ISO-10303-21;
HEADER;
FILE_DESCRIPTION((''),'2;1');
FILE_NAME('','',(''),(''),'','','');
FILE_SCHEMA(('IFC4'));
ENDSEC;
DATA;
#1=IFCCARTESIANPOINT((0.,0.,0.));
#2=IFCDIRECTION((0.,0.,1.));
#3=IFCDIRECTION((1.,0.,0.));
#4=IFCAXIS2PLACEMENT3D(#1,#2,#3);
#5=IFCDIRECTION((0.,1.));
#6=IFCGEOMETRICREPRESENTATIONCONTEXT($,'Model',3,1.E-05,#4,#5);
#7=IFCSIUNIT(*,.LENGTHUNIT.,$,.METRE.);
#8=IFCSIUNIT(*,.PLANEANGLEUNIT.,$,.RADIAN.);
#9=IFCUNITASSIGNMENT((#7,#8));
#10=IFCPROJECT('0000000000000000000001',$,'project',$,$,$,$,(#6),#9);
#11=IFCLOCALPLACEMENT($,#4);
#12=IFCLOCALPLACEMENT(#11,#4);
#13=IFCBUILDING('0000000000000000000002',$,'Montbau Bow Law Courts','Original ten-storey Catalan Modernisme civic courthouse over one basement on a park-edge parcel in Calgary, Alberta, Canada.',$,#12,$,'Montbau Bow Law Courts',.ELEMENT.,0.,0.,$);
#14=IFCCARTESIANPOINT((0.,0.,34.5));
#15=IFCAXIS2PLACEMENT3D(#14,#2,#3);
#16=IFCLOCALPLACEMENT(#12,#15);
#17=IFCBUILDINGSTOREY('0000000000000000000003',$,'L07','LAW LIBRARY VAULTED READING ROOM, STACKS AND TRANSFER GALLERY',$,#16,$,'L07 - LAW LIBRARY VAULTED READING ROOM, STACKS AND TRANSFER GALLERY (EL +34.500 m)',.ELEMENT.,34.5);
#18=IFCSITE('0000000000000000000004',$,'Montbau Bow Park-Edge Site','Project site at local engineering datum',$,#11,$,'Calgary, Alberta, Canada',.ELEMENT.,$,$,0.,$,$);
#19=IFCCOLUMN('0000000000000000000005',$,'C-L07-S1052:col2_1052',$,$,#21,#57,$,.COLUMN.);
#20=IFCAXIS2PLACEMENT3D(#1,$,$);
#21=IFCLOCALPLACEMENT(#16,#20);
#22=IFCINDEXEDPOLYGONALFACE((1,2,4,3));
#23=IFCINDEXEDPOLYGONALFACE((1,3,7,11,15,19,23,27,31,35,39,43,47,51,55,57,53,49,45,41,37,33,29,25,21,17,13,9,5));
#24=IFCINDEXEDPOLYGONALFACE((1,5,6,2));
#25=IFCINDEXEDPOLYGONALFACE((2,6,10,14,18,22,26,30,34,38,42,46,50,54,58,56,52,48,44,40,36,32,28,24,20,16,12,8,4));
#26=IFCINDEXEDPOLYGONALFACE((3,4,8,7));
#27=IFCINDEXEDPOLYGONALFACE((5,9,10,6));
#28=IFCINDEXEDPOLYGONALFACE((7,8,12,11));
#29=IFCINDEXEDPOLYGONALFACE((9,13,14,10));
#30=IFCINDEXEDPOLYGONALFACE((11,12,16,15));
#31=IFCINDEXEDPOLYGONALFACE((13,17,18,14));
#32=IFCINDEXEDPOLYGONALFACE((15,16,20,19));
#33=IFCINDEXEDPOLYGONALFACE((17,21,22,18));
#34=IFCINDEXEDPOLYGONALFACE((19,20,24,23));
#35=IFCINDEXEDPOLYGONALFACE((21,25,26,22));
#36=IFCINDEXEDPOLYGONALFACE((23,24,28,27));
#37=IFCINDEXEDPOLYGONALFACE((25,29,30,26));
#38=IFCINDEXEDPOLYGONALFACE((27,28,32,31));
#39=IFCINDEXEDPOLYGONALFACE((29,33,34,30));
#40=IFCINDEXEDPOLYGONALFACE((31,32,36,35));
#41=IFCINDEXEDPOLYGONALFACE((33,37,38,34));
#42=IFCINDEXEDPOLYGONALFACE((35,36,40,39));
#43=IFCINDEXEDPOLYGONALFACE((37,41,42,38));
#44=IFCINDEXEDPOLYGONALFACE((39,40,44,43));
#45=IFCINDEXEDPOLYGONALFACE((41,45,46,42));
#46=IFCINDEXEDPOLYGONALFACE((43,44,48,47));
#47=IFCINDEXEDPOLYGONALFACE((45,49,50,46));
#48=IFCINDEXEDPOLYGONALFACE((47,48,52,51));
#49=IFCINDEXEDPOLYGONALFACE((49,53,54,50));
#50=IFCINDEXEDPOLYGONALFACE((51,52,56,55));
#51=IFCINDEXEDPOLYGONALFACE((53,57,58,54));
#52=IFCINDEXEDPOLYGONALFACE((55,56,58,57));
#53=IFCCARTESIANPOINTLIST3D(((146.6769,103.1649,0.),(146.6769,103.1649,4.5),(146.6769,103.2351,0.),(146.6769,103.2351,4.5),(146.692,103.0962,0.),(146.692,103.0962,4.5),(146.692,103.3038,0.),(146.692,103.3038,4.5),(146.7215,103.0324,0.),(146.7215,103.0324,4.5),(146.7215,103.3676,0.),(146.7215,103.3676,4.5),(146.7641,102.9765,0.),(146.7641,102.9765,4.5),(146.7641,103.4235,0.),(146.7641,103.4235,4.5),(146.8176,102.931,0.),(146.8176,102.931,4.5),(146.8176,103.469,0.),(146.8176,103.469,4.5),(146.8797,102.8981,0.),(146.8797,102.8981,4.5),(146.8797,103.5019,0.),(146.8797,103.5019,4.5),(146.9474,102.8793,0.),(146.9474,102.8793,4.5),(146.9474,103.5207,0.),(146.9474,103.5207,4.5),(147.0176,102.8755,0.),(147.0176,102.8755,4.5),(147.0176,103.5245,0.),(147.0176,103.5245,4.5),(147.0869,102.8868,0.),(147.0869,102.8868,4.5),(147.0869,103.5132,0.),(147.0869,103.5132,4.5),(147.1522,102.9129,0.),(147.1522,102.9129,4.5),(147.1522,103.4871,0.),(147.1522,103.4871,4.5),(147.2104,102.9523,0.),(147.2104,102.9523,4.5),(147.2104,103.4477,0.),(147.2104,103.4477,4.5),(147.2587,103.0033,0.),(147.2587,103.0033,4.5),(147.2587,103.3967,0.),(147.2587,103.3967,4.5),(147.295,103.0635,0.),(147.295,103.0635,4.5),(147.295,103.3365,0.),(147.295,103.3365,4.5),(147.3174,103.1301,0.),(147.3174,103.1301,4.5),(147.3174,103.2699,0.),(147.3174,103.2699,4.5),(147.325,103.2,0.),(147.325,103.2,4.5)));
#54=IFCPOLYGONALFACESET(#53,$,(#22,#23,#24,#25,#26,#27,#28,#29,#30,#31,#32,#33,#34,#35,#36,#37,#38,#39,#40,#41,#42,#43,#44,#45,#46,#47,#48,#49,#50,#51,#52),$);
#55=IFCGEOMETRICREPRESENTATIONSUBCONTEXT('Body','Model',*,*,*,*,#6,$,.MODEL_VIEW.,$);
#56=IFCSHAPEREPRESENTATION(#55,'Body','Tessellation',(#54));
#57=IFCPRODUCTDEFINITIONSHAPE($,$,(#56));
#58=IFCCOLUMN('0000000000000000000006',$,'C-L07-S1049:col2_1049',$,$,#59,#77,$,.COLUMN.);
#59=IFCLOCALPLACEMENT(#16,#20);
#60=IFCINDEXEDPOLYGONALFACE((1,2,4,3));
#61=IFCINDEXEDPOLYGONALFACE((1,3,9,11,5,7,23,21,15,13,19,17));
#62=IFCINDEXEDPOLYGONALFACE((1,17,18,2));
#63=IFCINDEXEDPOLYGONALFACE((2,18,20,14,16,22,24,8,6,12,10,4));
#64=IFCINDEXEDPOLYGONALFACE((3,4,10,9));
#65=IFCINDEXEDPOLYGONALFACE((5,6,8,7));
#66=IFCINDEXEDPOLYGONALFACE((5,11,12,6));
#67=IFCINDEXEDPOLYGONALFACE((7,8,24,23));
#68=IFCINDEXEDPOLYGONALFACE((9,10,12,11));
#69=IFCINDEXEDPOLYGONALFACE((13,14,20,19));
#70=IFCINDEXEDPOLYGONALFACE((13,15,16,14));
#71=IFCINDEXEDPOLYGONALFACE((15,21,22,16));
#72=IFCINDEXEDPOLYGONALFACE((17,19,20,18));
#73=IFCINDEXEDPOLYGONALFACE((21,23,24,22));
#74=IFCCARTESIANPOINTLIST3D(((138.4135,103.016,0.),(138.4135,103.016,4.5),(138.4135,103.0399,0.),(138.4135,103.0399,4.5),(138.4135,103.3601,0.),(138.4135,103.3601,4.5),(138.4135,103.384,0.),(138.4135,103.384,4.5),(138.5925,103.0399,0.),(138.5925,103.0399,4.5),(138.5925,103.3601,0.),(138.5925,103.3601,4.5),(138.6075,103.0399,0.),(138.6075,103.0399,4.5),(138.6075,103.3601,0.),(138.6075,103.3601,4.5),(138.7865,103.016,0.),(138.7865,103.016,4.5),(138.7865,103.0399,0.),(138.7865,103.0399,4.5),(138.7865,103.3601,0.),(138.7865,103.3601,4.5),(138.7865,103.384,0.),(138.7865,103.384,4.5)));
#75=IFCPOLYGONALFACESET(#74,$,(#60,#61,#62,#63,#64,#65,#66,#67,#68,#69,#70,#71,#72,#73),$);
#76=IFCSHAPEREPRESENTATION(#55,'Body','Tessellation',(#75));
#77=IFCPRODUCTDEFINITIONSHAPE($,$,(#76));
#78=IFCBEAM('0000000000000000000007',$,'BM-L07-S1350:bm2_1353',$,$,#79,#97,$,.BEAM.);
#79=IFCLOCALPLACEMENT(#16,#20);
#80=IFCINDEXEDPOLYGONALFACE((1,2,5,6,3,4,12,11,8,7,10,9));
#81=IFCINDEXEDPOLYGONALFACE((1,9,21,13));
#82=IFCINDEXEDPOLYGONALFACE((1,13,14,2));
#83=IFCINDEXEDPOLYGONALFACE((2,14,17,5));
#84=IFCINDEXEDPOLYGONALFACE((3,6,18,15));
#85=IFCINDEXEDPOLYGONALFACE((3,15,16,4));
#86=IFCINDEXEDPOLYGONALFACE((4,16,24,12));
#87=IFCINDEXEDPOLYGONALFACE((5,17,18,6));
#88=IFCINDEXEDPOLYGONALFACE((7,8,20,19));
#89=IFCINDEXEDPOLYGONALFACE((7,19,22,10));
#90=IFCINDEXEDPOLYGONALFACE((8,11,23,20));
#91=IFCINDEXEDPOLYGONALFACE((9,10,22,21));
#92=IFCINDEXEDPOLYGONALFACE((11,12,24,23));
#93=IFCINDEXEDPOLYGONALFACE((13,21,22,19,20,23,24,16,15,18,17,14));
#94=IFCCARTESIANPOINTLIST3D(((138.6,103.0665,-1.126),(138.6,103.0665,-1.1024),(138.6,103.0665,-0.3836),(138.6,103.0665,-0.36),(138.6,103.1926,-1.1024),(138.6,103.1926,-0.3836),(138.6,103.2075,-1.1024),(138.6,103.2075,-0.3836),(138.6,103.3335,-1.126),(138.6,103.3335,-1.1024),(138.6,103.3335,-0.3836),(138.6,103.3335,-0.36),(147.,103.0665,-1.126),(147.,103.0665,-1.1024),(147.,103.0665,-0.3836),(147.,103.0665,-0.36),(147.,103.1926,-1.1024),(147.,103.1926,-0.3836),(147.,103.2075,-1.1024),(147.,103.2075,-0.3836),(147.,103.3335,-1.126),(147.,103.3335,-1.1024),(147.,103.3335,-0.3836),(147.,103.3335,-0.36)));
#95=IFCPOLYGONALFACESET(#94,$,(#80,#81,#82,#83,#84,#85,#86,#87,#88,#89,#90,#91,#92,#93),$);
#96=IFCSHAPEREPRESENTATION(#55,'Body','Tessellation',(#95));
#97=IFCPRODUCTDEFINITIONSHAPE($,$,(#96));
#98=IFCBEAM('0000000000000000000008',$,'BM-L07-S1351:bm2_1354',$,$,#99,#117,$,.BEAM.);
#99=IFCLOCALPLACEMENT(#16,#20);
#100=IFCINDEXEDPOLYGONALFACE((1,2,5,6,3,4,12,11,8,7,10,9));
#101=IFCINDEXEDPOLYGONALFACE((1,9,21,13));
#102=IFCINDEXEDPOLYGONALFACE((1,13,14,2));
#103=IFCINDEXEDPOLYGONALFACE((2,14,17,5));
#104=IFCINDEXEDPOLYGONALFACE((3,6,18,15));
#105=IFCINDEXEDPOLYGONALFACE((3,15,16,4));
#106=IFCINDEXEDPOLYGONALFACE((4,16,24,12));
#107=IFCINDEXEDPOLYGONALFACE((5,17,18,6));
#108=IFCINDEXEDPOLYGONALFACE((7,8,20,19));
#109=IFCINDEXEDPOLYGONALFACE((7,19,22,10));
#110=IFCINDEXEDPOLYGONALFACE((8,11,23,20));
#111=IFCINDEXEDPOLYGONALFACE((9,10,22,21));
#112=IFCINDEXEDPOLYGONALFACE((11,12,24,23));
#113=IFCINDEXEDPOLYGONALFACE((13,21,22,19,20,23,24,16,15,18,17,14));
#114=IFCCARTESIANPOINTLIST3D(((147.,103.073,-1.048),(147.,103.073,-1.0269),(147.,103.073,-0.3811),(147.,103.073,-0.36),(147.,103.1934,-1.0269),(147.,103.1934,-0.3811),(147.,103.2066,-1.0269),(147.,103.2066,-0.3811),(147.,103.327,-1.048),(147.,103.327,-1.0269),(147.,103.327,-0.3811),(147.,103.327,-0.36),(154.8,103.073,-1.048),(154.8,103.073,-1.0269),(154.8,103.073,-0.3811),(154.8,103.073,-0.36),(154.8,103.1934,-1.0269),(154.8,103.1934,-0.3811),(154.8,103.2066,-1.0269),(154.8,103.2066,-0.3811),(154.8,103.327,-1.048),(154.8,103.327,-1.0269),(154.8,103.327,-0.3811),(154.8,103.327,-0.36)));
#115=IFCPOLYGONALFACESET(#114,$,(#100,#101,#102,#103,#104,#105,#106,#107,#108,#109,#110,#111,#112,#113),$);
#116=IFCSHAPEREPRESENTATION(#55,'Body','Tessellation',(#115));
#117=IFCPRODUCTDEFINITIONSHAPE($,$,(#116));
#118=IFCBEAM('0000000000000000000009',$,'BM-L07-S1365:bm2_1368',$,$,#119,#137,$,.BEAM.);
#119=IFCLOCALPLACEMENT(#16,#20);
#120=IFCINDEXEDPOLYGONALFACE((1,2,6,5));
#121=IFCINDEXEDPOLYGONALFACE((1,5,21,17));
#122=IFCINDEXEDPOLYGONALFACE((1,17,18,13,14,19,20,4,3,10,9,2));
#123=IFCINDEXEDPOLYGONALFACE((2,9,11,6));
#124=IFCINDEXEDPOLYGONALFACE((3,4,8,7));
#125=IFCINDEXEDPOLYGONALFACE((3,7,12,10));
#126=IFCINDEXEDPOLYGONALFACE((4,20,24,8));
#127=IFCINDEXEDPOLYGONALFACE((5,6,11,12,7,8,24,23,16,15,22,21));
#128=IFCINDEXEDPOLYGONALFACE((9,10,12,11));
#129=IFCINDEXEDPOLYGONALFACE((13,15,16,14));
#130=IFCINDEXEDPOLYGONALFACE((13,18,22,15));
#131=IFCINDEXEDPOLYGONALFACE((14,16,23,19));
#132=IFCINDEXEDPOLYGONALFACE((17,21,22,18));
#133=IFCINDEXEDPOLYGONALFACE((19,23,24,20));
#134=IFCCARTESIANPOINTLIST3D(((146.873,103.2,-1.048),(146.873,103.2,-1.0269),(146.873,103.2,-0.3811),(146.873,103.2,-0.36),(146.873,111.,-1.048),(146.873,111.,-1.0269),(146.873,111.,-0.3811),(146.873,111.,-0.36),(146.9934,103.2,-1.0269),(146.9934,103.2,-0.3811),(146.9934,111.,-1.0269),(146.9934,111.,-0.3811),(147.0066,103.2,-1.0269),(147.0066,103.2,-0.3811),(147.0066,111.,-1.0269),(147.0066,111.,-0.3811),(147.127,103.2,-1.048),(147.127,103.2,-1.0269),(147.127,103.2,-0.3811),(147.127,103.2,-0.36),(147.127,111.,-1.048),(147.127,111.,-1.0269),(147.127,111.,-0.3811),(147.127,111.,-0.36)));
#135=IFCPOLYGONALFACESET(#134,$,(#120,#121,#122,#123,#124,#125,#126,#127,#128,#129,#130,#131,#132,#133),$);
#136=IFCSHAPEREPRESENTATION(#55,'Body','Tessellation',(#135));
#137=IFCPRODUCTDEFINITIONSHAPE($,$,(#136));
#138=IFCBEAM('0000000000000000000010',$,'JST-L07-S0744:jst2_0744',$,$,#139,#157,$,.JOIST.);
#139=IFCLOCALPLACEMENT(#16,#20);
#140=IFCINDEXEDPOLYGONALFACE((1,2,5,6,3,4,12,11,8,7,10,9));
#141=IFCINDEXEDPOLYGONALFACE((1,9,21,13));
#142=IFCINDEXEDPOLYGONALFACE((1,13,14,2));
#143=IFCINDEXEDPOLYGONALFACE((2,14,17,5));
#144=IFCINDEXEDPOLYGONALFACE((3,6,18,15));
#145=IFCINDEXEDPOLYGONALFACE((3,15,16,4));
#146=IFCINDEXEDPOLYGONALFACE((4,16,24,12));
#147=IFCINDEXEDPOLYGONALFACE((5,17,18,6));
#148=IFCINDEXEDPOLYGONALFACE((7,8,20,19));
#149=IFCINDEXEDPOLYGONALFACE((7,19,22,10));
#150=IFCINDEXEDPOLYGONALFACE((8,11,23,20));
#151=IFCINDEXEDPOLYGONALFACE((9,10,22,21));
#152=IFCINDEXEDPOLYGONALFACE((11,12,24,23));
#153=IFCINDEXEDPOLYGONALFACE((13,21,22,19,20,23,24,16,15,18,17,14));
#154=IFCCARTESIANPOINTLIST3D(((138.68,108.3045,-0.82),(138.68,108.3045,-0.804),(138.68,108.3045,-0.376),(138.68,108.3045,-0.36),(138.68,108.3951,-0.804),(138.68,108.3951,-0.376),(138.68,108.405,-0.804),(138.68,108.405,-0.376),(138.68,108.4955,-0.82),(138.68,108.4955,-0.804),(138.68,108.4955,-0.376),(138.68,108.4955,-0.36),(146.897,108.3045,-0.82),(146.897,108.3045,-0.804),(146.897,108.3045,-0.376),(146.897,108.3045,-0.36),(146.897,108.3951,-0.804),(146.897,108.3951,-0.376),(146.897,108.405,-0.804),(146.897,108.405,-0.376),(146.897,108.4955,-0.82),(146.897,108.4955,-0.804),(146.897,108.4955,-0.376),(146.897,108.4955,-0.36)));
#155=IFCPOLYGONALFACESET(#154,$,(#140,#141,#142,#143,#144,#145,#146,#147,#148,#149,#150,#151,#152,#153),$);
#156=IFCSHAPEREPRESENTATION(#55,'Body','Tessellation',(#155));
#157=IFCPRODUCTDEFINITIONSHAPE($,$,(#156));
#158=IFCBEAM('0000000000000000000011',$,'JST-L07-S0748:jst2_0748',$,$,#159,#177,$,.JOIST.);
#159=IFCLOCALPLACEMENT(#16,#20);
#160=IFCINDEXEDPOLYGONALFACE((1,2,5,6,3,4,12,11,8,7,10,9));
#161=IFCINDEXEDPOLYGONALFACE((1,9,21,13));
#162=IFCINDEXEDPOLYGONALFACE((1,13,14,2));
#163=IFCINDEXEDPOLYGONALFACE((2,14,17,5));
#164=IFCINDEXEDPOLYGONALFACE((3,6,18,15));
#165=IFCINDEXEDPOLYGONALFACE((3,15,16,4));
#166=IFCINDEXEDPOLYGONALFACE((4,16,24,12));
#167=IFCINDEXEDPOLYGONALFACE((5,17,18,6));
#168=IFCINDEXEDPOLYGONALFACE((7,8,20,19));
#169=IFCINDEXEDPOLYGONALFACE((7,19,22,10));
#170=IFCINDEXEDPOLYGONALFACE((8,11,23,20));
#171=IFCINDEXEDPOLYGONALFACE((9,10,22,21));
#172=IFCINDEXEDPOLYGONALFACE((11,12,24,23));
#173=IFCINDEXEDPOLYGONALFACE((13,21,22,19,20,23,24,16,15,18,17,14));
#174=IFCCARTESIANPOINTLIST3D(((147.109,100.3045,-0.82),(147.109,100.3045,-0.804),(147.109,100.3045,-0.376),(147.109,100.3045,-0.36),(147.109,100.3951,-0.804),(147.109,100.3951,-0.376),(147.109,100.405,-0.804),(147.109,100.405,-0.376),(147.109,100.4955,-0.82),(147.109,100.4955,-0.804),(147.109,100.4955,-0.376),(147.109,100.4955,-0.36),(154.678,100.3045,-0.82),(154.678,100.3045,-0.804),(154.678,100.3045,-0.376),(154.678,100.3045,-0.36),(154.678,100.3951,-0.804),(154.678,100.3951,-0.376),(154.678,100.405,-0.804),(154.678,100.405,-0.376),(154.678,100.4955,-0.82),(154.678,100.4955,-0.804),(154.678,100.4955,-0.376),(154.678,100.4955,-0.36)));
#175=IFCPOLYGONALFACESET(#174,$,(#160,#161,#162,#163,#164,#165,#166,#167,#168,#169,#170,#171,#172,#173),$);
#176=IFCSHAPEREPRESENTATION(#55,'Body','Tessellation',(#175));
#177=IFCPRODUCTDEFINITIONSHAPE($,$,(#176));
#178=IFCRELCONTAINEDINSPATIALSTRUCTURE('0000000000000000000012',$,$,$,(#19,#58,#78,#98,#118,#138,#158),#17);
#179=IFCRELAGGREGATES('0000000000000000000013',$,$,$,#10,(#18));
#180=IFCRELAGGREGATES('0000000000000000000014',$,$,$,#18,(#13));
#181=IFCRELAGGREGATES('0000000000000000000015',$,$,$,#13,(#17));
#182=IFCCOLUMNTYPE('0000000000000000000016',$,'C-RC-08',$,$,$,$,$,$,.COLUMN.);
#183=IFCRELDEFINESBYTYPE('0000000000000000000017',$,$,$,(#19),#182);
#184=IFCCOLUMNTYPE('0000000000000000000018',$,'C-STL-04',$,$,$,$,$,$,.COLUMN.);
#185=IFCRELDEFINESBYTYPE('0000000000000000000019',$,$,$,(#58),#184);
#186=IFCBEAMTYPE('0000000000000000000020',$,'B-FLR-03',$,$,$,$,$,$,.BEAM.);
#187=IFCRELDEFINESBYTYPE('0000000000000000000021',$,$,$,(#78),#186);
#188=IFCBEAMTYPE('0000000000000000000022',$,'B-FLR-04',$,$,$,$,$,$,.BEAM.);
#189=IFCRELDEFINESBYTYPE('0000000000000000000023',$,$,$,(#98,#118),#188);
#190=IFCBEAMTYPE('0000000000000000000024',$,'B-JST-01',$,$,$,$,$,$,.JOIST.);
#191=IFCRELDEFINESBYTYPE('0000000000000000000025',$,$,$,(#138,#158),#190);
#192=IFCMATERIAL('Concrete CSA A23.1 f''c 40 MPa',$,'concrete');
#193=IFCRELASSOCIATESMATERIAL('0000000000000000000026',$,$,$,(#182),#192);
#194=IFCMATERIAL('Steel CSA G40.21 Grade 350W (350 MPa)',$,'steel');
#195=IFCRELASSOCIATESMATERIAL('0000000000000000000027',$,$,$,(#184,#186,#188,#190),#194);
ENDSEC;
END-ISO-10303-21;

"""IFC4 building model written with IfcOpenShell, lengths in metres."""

from ifc_helpers import new_model, si_unit, direction, frame, origin_with_axes, origin_2d_with_axis, place, context, subcontext, project, spatial, circle, i_section, extrude, material, material_profile, profile_set, type_object, element, save


model = new_model("IFC4")

# Units and contexts
model_context = context("Model", 3, precision=1e-05, world=origin_with_axes(), true_north=direction((0.0, 1.0)))
body_context = subcontext(model_context, "Body", "Model", "MODEL_VIEW")
ifc_project = project(units=[si_unit("LENGTHUNIT", "METRE"), si_unit("PLANEANGLEUNIT", "RADIAN")], contexts=[model_context])

# Site, building, storey
site_placement = place(None, origin_with_axes())
site = spatial("IfcSite", under=ifc_project, at=site_placement, Name="Montbau Bow Park-Edge Site", Description="Project site at local engineering datum", LongName="Calgary, Alberta, Canada", CompositionType="ELEMENT", RefElevation=0.0)
building_placement = place(site_placement, origin_with_axes())
building = spatial("IfcBuilding", under=site, at=building_placement, Name="Montbau Bow Law Courts", Description="Original ten-storey Catalan Modernisme civic courthouse over one basement on a park-edge parcel in Calgary, Alberta, Canada.", LongName="Montbau Bow Law Courts", CompositionType="ELEMENT", ElevationOfRefHeight=0.0, ElevationOfTerrain=0.0)
storey_placement = place(building_placement, frame((0.0, 0.0, 34.5), z_axis=(0.0, 0.0, 1.0), x_axis=(1.0, 0.0, 0.0)))
storey = spatial("IfcBuildingStorey", under=building, at=storey_placement, Name="L07", Description="LAW LIBRARY VAULTED READING ROOM, STACKS AND TRANSFER GALLERY", LongName="L07 - LAW LIBRARY VAULTED READING ROOM, STACKS AND TRANSFER GALLERY (EL +34.500 m)", CompositionType="ELEMENT", Elevation=34.5)

# Columns
ifc_material_1 = material(Name="Concrete CSA A23.1 f'c 40 MPa", Category="concrete")
ifc_material_profile_1 = material_profile(ifc_material_1, circle(Radius=0.325, at=origin_2d_with_axis()), Name="RC650D", Category="Main", Priority=0)
ifc_profile_set_1 = profile_set([ifc_material_profile_1], Name="Concrete CSA A23.1 f'c 40 MPa")
column_type_1 = type_object("IfcColumnType", Name="C-RC-08", PredefinedType="COLUMN", material=ifc_profile_set_1)
column_1_placement = place(None, frame((147.0, 103.2, 34.5), z_axis=(0.0, 0.0, 1.0), x_axis=(1.0, 0.0, 0.0)))
element("IfcColumn", 1, at=column_1_placement, inside=storey, type_object=column_type_1, Name="C-L07-S1052:col2_1052", PredefinedType="COLUMN", context=body_context, shape_type="SweptSolid", body=[
    extrude(circle(Radius=0.325, at=origin_2d_with_axis()), origin_with_axes(), (0.0, 0.0, 1.0), 4.5),
])
ifc_material_2 = material(Name="Steel CSA G40.21 Grade 350W (350 MPa)", Category="steel")
ifc_material_profile_2 = material_profile(ifc_material_2, i_section(OverallWidth=0.373, OverallDepth=0.368, WebThickness=0.015, FlangeThickness=0.0239, at=origin_2d_with_axis()), Name="W360X179", Category="Main", Priority=0)
ifc_profile_set_2 = profile_set([ifc_material_profile_2], Name="Steel CSA G40.21 Grade 350W (350 MPa)")
column_type_2 = type_object("IfcColumnType", Name="C-STL-04", PredefinedType="COLUMN", material=ifc_profile_set_2)
column_2_placement = place(None, frame((138.6, 103.2, 34.5), z_axis=(0.0, 0.0, 1.0), x_axis=(1.0, 0.0, 0.0)))
element("IfcColumn", 2, at=column_2_placement, inside=storey, type_object=column_type_2, Name="C-L07-S1049:col2_1049", PredefinedType="COLUMN", context=body_context, shape_type="SweptSolid", body=[
    extrude(i_section(OverallWidth=0.373, OverallDepth=0.368, WebThickness=0.015, FlangeThickness=0.0239, at=origin_2d_with_axis()), origin_with_axes(), (0.0, 0.0, 1.0), 4.5),
])

# Beams
ifc_material_profile_3 = material_profile(ifc_material_2, i_section(OverallWidth=0.267, OverallDepth=0.766, WebThickness=0.0149, FlangeThickness=0.0236, at=origin_2d_with_axis()), Name="W760X185", Category="Main", Priority=0)
ifc_profile_set_3 = profile_set([ifc_material_profile_3], Name="Steel CSA G40.21 Grade 350W (350 MPa)")
beam_type_1 = type_object("IfcBeamType", Name="B-FLR-03", PredefinedType="BEAM", material=ifc_profile_set_3)
beam_1_placement = place(None, frame((138.6, 103.2, 33.757), z_axis=(1.0, 0.0, 0.0), x_axis=(0.0, 1.0, 0.0)))
element("IfcBeam", 3, at=beam_1_placement, inside=storey, type_object=beam_type_1, Name="BM-L07-S1350:bm2_1353", PredefinedType="BEAM", context=body_context, shape_type="SweptSolid", body=[
    extrude(i_section(OverallWidth=0.267, OverallDepth=0.766, WebThickness=0.0149, FlangeThickness=0.0236, at=origin_2d_with_axis()), origin_with_axes(), (0.0, 0.0, 1.0), 8.4),
])
ifc_material_profile_4 = material_profile(ifc_material_2, i_section(OverallWidth=0.254, OverallDepth=0.688, WebThickness=0.0131, FlangeThickness=0.0211, at=origin_2d_with_axis()), Name="W690X152", Category="Main", Priority=0)
ifc_profile_set_4 = profile_set([ifc_material_profile_4], Name="Steel CSA G40.21 Grade 350W (350 MPa)")
beam_type_2 = type_object("IfcBeamType", Name="B-FLR-04", PredefinedType="BEAM", material=ifc_profile_set_4)
for number, where, z_axis, x_axis, name in (
    (4, (147.0, 103.2, 33.796), (1.0, 0.0, 0.0), (0.0, 1.0, 0.0), "BM-L07-S1351:bm2_1354"),
    (5, (147.0, 103.2, 33.796), (0.0, 1.0, 0.0), (-1.0, 0.0, 0.0), "BM-L07-S1365:bm2_1368"),
):
    element("IfcBeam", number, at=place(None, frame(where, z_axis=z_axis, x_axis=x_axis)), inside=storey, type_object=beam_type_2, Name=name, PredefinedType="BEAM", context=body_context, shape_type="SweptSolid", body=[
        extrude(i_section(OverallWidth=0.254, OverallDepth=0.688, WebThickness=0.0131, FlangeThickness=0.0211, at=origin_2d_with_axis()), origin_with_axes(), (0.0, 0.0, 1.0), 7.8),
    ])
ifc_material_profile_5 = material_profile(ifc_material_2, i_section(OverallWidth=0.191, OverallDepth=0.46, WebThickness=0.0099, FlangeThickness=0.016, at=origin_2d_with_axis()), Name="W460X82", Category="Main", Priority=0)
ifc_profile_set_5 = profile_set([ifc_material_profile_5], Name="Steel CSA G40.21 Grade 350W (350 MPa)")
beam_type_3 = type_object("IfcBeamType", Name="B-JST-01", PredefinedType="JOIST", material=ifc_profile_set_5)
beam_2_placement = place(None, frame((138.68, 108.4, 33.91), z_axis=(1.0, 0.0, 0.0), x_axis=(0.0, 1.0, 0.0)))
element("IfcBeam", 6, at=beam_2_placement, inside=storey, type_object=beam_type_3, Name="JST-L07-S0744:jst2_0744", PredefinedType="JOIST", context=body_context, shape_type="SweptSolid", body=[
    extrude(i_section(OverallWidth=0.191, OverallDepth=0.46, WebThickness=0.0099, FlangeThickness=0.016, at=origin_2d_with_axis()), origin_with_axes(), (0.0, 0.0, 1.0), 8.217),
])
beam_3_placement = place(None, frame((147.109, 100.4, 33.91), z_axis=(1.0, 0.0, 0.0), x_axis=(0.0, 1.0, 0.0)))
element("IfcBeam", 7, at=beam_3_placement, inside=storey, type_object=beam_type_3, Name="JST-L07-S0748:jst2_0748", PredefinedType="JOIST", context=body_context, shape_type="SweptSolid", body=[
    extrude(i_section(OverallWidth=0.191, OverallDepth=0.46, WebThickness=0.0099, FlangeThickness=0.016, at=origin_2d_with_axis()), origin_with_axes(), (0.0, 0.0, 1.0), 7.569),
])

save(model, "model.ifc")
